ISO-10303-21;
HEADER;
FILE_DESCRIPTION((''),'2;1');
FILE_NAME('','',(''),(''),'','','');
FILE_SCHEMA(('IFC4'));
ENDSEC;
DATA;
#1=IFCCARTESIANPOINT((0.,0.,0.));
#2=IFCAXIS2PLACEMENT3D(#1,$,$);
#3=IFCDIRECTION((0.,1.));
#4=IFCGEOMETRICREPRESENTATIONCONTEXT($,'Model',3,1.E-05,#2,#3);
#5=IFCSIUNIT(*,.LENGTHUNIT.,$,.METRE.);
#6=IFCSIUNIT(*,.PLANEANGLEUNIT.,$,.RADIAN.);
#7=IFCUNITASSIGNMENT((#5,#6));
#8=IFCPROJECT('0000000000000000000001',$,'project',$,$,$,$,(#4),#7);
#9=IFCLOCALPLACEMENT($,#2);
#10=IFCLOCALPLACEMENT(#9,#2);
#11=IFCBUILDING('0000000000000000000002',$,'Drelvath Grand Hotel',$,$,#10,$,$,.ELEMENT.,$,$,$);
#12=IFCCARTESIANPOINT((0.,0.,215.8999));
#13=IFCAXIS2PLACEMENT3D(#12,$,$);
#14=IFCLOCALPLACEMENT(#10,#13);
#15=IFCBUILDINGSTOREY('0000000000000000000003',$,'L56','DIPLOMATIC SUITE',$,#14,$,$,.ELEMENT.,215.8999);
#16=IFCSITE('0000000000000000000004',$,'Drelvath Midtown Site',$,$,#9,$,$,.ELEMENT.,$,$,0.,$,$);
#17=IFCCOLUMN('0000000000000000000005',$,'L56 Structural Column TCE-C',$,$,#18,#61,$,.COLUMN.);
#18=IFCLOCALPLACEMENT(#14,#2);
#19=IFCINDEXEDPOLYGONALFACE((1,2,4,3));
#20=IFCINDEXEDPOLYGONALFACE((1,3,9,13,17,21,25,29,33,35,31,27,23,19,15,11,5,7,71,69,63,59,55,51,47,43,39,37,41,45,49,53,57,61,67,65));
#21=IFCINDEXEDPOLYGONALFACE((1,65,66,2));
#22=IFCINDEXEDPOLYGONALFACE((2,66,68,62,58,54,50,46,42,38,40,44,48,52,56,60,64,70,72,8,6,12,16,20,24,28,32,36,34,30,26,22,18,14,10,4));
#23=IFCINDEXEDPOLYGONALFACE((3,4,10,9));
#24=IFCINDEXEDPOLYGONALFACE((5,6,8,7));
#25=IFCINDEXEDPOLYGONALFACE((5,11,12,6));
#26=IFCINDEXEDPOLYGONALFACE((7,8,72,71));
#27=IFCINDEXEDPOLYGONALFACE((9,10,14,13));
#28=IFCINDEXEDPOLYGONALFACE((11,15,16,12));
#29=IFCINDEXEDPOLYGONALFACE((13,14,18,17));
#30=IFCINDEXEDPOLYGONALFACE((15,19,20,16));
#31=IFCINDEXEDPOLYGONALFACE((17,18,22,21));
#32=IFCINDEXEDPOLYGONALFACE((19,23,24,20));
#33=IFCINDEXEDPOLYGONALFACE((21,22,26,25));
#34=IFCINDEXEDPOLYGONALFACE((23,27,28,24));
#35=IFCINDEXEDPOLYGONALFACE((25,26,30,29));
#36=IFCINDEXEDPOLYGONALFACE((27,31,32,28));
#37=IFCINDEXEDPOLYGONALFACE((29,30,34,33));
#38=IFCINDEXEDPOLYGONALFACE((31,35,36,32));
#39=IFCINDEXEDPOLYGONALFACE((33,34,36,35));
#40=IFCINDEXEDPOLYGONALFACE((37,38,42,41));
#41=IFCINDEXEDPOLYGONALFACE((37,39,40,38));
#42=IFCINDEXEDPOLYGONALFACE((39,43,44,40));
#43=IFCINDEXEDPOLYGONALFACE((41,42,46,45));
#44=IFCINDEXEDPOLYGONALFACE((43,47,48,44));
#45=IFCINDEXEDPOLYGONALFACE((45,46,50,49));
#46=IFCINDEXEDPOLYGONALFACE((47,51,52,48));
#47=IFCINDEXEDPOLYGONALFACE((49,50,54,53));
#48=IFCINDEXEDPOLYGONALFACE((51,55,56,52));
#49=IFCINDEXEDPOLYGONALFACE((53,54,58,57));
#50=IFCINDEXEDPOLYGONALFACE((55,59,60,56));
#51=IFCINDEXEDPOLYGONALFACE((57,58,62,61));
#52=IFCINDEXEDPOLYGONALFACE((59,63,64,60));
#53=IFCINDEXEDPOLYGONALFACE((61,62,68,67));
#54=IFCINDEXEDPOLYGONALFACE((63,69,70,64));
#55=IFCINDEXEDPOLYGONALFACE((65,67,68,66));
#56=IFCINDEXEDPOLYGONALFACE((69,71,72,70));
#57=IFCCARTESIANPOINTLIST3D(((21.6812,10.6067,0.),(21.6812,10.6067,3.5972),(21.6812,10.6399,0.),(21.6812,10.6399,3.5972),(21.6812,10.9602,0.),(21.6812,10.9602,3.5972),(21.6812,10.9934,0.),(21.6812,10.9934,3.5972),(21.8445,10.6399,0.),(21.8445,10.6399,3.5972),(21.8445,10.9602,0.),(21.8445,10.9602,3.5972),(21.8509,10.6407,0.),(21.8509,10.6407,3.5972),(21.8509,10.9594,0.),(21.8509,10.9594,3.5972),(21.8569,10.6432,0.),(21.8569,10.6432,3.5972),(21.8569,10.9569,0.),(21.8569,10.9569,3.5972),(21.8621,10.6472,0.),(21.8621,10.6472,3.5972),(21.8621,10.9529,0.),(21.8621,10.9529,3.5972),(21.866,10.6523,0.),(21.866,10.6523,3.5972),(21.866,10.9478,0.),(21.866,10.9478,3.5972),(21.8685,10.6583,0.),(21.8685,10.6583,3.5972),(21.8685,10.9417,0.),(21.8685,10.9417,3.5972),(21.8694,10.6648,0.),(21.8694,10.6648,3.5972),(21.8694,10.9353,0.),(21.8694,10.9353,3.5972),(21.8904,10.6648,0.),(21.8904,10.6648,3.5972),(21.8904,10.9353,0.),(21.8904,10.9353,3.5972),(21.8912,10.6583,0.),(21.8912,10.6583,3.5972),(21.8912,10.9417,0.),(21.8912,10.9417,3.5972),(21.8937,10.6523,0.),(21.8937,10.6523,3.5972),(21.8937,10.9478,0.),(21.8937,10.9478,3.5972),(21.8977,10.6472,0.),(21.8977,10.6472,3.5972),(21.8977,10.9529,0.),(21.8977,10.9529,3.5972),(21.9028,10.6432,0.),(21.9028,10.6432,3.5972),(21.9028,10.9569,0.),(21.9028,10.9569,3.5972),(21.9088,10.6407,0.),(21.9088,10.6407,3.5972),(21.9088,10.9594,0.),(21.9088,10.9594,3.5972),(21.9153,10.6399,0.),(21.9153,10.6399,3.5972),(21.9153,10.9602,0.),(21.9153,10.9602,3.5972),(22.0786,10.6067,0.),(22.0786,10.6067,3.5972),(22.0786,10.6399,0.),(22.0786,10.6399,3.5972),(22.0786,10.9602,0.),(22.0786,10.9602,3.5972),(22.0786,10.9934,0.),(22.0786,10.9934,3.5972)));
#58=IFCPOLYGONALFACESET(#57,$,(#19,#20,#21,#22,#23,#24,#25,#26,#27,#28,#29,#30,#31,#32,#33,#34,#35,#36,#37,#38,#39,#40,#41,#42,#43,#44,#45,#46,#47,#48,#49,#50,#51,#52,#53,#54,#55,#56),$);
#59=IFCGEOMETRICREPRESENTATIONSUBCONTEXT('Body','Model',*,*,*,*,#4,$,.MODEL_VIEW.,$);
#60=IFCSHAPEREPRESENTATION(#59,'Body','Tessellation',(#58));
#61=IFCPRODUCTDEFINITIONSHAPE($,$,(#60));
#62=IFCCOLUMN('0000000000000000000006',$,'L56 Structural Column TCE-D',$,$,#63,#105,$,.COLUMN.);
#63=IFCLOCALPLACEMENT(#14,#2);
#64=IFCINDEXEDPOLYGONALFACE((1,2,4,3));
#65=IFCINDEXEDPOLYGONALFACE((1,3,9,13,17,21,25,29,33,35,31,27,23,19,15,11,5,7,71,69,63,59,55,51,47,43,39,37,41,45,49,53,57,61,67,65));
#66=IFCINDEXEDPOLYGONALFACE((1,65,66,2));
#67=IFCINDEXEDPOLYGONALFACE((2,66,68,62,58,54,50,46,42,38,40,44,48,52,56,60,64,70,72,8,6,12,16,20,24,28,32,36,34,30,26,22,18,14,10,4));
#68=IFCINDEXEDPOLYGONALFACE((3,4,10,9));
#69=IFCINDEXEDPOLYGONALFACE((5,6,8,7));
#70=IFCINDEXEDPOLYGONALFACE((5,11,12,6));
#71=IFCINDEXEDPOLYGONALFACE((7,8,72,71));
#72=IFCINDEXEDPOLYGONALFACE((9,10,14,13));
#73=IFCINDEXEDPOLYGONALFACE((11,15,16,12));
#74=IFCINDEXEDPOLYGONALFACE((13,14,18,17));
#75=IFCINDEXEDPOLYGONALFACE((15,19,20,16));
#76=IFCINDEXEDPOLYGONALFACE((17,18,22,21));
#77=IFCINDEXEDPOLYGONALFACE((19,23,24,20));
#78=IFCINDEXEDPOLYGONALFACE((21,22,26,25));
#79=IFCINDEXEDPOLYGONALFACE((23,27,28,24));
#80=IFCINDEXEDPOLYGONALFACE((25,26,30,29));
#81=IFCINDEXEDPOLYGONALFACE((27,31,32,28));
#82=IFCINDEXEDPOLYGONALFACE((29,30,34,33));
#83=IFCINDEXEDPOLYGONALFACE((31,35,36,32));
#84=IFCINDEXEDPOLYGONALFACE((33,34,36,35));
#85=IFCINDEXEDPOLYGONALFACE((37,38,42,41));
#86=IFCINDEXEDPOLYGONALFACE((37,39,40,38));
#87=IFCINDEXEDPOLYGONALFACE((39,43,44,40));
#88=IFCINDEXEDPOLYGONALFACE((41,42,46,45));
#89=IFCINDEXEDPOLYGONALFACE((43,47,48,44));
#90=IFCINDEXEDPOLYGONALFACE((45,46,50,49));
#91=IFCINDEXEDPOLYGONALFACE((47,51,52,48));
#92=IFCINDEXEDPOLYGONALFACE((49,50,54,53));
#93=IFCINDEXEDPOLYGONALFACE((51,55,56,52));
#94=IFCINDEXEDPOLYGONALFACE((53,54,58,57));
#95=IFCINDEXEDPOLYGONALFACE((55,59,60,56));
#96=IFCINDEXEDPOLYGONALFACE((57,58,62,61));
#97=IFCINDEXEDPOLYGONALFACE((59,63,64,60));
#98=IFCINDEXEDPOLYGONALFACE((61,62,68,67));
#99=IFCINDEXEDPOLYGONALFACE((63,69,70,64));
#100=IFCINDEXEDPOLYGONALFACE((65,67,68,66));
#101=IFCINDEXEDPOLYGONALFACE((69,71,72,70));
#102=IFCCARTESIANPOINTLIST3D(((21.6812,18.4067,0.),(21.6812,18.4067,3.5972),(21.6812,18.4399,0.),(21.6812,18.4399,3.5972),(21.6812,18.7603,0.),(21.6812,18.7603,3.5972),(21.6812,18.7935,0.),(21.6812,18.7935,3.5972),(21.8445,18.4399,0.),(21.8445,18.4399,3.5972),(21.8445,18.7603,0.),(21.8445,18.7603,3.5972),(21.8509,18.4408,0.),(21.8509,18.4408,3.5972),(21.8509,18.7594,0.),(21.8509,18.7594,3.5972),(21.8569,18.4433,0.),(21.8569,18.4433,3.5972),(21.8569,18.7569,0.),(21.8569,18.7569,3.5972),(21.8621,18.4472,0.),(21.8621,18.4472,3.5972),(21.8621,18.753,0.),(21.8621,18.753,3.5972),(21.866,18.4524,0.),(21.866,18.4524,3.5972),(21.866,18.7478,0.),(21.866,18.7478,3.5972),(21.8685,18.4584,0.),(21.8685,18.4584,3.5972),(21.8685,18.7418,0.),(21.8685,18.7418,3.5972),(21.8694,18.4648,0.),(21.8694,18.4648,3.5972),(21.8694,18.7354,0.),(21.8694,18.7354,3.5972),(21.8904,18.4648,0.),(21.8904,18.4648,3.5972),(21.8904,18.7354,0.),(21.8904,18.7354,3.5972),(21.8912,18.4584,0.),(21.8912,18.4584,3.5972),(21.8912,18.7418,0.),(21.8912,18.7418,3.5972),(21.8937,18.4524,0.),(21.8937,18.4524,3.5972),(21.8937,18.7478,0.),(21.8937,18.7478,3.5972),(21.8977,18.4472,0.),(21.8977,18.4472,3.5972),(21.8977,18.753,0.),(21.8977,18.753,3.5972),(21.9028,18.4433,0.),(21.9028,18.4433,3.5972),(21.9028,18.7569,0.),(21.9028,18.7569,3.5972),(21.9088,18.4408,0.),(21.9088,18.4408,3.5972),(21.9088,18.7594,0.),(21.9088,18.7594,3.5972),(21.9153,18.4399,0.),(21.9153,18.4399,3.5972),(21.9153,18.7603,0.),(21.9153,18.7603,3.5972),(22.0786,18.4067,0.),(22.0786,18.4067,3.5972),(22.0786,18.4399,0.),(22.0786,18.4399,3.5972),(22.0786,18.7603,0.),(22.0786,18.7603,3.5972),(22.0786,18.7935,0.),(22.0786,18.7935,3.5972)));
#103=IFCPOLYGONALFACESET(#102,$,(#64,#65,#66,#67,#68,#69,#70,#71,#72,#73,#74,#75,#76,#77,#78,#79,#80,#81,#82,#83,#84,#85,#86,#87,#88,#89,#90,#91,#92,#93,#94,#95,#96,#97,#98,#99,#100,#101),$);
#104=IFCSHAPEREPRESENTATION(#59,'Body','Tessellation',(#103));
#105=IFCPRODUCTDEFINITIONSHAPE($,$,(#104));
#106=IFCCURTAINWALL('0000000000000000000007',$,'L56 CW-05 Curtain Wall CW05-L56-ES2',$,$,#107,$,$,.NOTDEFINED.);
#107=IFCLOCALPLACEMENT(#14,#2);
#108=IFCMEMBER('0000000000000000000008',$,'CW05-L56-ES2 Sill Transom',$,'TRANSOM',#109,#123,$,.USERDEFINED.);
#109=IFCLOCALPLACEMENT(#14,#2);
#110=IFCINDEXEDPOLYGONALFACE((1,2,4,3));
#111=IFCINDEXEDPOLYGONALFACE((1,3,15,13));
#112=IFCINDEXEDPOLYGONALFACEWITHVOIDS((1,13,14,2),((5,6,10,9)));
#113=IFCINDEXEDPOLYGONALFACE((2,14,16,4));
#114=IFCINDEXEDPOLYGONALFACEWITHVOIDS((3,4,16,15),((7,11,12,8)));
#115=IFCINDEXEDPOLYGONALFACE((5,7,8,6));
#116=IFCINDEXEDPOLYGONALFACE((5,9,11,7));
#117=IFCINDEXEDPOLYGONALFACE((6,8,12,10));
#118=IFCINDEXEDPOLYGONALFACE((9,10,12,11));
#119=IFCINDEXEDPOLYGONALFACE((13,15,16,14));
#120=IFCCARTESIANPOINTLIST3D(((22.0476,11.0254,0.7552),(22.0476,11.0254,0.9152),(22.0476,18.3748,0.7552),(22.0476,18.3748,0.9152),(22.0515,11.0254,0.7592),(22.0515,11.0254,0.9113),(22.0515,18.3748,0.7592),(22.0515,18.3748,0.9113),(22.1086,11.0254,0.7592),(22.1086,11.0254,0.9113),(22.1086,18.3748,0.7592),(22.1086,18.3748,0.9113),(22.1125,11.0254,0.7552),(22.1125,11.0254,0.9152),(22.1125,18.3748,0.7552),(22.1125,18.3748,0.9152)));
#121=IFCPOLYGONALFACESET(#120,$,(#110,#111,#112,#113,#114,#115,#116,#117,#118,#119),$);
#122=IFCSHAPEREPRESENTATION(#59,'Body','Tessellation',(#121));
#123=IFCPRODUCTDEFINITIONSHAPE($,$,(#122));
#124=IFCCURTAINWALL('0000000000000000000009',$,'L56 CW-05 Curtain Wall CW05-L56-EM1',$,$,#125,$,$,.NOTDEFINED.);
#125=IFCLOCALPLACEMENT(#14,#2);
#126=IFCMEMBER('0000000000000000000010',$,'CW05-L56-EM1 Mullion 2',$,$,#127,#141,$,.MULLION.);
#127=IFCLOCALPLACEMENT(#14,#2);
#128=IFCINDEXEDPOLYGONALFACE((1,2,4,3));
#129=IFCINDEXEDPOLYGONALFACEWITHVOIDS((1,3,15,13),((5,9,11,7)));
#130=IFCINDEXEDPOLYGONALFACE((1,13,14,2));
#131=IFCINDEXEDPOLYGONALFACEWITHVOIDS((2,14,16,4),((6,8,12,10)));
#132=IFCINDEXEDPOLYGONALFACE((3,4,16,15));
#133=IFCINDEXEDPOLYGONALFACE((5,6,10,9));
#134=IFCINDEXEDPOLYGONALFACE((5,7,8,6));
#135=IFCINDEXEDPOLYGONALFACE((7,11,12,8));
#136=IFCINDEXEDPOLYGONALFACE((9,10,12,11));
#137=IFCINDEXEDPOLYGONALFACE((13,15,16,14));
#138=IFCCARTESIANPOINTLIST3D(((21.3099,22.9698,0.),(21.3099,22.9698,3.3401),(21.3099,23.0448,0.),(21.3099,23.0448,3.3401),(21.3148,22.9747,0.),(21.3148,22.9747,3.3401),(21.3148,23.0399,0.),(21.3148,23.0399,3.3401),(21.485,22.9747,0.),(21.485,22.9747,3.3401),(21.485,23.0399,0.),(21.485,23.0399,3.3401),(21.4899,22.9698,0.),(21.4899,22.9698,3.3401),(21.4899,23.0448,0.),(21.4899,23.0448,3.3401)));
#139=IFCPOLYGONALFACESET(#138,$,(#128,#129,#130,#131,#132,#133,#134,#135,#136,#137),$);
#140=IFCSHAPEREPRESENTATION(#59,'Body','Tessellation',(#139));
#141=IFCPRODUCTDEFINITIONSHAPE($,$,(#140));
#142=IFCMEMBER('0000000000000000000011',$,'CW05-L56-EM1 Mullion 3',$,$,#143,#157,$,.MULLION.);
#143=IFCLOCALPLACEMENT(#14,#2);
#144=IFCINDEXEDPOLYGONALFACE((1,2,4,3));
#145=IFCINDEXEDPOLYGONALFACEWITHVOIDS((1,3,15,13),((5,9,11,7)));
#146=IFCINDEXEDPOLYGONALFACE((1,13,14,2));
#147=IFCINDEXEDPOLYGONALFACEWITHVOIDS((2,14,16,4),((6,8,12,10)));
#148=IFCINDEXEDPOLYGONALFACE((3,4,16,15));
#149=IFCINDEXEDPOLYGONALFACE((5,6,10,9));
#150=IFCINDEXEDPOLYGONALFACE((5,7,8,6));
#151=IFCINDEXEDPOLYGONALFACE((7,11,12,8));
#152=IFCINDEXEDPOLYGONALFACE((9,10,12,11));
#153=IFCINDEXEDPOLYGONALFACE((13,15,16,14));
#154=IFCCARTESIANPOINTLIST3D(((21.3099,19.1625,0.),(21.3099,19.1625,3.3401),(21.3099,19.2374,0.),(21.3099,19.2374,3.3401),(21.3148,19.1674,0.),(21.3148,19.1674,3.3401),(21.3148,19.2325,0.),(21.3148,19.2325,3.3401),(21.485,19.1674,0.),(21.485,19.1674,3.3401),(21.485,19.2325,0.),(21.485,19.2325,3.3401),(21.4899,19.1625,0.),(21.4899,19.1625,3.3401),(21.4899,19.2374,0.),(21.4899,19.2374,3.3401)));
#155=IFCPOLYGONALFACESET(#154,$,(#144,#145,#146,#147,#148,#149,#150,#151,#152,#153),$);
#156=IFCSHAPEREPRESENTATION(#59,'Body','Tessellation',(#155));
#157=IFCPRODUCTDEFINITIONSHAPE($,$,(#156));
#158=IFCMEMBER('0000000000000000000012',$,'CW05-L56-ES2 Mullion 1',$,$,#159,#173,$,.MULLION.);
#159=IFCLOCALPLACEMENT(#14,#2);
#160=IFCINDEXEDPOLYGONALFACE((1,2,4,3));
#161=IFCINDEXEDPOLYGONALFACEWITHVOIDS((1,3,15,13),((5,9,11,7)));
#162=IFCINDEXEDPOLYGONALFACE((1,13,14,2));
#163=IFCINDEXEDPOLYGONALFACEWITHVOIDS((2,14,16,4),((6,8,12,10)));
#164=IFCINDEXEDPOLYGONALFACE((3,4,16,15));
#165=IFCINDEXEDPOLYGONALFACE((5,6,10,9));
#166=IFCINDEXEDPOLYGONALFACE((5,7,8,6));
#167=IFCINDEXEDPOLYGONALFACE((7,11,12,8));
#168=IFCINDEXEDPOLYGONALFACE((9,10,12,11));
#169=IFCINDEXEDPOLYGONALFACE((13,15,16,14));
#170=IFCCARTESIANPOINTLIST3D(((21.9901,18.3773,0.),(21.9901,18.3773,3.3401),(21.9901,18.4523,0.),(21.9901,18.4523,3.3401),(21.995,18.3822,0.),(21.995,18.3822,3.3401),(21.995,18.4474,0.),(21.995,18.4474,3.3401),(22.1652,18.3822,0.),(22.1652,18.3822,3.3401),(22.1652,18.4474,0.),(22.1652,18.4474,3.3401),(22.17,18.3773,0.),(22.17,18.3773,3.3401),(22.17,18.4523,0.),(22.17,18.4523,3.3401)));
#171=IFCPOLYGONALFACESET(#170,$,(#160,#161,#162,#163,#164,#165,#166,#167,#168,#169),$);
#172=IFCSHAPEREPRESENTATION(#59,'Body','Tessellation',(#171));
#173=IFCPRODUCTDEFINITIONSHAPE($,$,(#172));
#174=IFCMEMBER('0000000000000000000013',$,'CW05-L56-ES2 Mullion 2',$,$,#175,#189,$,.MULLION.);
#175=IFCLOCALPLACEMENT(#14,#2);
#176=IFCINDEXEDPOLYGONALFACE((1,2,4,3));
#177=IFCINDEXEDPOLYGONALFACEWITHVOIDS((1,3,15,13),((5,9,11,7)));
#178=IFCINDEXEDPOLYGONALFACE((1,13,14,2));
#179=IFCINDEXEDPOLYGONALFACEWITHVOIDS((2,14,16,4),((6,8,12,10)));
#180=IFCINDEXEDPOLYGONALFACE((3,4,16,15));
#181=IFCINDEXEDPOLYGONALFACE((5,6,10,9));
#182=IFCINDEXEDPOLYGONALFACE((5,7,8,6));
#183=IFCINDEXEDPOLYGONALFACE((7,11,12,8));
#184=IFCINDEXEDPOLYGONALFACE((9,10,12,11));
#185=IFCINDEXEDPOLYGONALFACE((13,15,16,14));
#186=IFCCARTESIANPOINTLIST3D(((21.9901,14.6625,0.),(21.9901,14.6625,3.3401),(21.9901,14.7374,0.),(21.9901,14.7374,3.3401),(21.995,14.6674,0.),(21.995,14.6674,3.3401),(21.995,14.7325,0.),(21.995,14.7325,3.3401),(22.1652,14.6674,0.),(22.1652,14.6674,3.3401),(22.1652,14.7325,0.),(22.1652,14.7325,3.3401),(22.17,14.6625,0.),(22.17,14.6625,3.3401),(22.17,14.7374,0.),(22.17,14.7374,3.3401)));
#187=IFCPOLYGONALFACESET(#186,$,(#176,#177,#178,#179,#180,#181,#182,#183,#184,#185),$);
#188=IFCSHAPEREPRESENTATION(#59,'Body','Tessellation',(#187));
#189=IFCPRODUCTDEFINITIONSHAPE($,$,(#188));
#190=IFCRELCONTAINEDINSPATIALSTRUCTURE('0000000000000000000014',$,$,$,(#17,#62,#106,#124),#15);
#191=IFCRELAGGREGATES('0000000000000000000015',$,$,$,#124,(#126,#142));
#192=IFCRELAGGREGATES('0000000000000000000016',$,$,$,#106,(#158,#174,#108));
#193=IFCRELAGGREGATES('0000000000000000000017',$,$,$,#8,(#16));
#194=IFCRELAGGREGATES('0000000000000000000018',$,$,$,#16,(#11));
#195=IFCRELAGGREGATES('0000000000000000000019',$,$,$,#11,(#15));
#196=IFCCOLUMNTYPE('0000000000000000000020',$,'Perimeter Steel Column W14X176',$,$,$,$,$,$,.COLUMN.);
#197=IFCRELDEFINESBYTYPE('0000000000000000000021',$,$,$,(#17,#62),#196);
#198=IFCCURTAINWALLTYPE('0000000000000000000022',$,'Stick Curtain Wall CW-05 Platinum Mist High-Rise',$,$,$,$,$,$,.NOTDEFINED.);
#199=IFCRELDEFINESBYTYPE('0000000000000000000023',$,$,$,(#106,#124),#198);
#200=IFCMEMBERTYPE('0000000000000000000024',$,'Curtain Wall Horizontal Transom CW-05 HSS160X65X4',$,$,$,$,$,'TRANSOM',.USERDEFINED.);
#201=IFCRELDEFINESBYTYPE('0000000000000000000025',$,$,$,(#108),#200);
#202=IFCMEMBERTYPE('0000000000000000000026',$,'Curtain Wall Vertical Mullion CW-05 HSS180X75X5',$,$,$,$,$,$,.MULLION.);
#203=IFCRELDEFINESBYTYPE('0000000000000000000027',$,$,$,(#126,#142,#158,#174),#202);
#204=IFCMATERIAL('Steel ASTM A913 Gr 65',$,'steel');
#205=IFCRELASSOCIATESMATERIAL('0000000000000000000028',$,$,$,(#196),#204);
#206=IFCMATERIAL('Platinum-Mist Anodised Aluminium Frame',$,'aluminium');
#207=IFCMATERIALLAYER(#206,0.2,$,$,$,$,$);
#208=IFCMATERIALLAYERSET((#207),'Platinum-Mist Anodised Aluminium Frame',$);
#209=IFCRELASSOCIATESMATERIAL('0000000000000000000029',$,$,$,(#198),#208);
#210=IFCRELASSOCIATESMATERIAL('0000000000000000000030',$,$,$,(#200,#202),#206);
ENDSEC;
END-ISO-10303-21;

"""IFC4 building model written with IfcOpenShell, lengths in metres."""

from ifc_helpers import new_model, si_unit, direction, frame, origin, origin_2d, place, context, subcontext, project, spatial, hollow_rectangle, i_section, extrude, material, layer, layer_set, material_profile, profile_set, type_object, element, aggregate, save


model = new_model("IFC4")

# Units and contexts
model_context = context("Model", 3, precision=1e-05, world=origin(), true_north=direction((0.0, 1.0)))
body_context = subcontext(model_context, "Body", "Model", "MODEL_VIEW")
ifc_project = project(units=[si_unit("LENGTHUNIT", "METRE"), si_unit("PLANEANGLEUNIT", "RADIAN")], contexts=[model_context])

# Site, building, storey
site_placement = place(None, origin())
site = spatial("IfcSite", under=ifc_project, at=site_placement, Name="Drelvath Midtown Site", CompositionType="ELEMENT", RefElevation=0.0)
building_placement = place(site_placement, origin())
building = spatial("IfcBuilding", under=site, at=building_placement, Name="Drelvath Grand Hotel", CompositionType="ELEMENT")
storey_placement = place(building_placement, frame((0.0, 0.0, 215.8999)))
storey = spatial("IfcBuildingStorey", under=building, at=storey_placement, Name="L56", Description="DIPLOMATIC SUITE", CompositionType="ELEMENT", Elevation=215.8999)

# Columns
ifc_material_1 = material(Name="Steel ASTM A913 Gr 65", Category="steel")
ifc_material_profile_1 = material_profile(ifc_material_1, i_section(OverallWidth=0.3975, OverallDepth=0.3867, WebThickness=0.021, FlangeThickness=0.0332, FilletRadius=0.0249, at=origin_2d()), Name="W14X176")
ifc_profile_set_1 = profile_set([ifc_material_profile_1], Name="Steel ASTM A913 Gr 65")
column_type = type_object("IfcColumnType", Name="Perimeter Steel Column W14X176", PredefinedType="COLUMN", material=ifc_profile_set_1)
for number, where, z_axis, x_axis, name in (
    (1, (21.8799, 10.8, 0.0), (0.0, 0.0, 1.0), (1.0, 0.0, 0.0), "L56 Structural Column TCE-C"),
    (2, (21.8799, 18.6001, 0.0), (0.0, 0.0, 1.0), (1.0, 0.0, 0.0), "L56 Structural Column TCE-D"),
):
    element("IfcColumn", number, at=place(storey_placement, frame(where, z_axis=z_axis, x_axis=x_axis)), inside=storey, type_object=column_type, Name=name, PredefinedType="COLUMN", context=body_context, shape_type="SweptSolid", body=[
        extrude(i_section(OverallWidth=0.3975, OverallDepth=0.3867, WebThickness=0.021, FlangeThickness=0.0332, FilletRadius=0.0249, at=origin_2d()), origin(), (0.0, 0.0, 1.0), 3.5972),
    ])

# Curtain wall, member
ifc_material_2 = material(Name="Platinum-Mist Anodised Aluminium Frame", Category="aluminium")
ifc_layer_1 = layer(ifc_material_2, 0.2)
ifc_layer_set_1 = layer_set([ifc_layer_1], Name="Platinum-Mist Anodised Aluminium Frame")
curtain_wall_type = type_object("IfcCurtainWallType", Name="Stick Curtain Wall CW-05 Platinum Mist High-Rise", PredefinedType="NOTDEFINED", material=ifc_layer_set_1)
curtain_wall_1_placement = place(storey_placement, origin())
curtain_wall_1 = element("IfcCurtainWall", 3, at=curtain_wall_1_placement, inside=storey, type_object=curtain_wall_type, Name="L56 CW-05 Curtain Wall CW05-L56-ES2", PredefinedType="NOTDEFINED")
ifc_material_profile_2 = material_profile(ifc_material_2, hollow_rectangle(XDim=0.0649, YDim=0.1599, WallThickness=0.0039, at=origin_2d()), Name="HSS160X65X4")
ifc_profile_set_2 = profile_set([ifc_material_profile_2], Name="Platinum-Mist Anodised Aluminium Frame")
member_type_1 = type_object("IfcMemberType", Name="Curtain Wall Horizontal Transom CW-05 HSS160X65X4", ElementType="TRANSOM", PredefinedType="USERDEFINED", material=ifc_profile_set_2)
member_1_placement = place(storey_placement, frame((22.0801, 18.3748, 0.8352), z_axis=(0.0, -1.0, 0.0), x_axis=(1.0, 0.0, 0.0)))
member_1 = element("IfcMember", 4, at=member_1_placement, type_object=member_type_1, Name="CW05-L56-ES2 Sill Transom", ObjectType="TRANSOM", PredefinedType="USERDEFINED", context=body_context, shape_type="SweptSolid", body=[
    extrude(hollow_rectangle(XDim=0.0649, YDim=0.1599, WallThickness=0.0039, at=origin_2d()), origin(), (0.0, 0.0, 1.0), 7.3494),
])

# Curtain wall, members
curtain_wall_2_placement = place(storey_placement, origin())
curtain_wall_2 = element("IfcCurtainWall", 5, at=curtain_wall_2_placement, inside=storey, type_object=curtain_wall_type, Name="L56 CW-05 Curtain Wall CW05-L56-EM1", PredefinedType="NOTDEFINED")
ifc_material_profile_3 = material_profile(ifc_material_2, hollow_rectangle(XDim=0.075, YDim=0.1799, WallThickness=0.0049, at=origin_2d()), Name="HSS180X75X5")
ifc_profile_set_3 = profile_set([ifc_material_profile_3], Name="Platinum-Mist Anodised Aluminium Frame")
member_type_2 = type_object("IfcMemberType", Name="Curtain Wall Vertical Mullion CW-05 HSS180X75X5", PredefinedType="MULLION", material=ifc_profile_set_3)
member_2_placement = place(storey_placement, frame((21.3999, 23.0073, 0.0), z_axis=(0.0, 0.0, 1.0), x_axis=(0.0, 1.0, 0.0)))
member_2 = element("IfcMember", 6, at=member_2_placement, type_object=member_type_2, Name="CW05-L56-EM1 Mullion 2", PredefinedType="MULLION", context=body_context, shape_type="SweptSolid", body=[
    extrude(hollow_rectangle(XDim=0.075, YDim=0.1799, WallThickness=0.0049, at=origin_2d()), origin(), (0.0, 0.0, 1.0), 3.3401),
])
member_3_placement = place(storey_placement, frame((21.3999, 19.2, 0.0), z_axis=(0.0, 0.0, 1.0), x_axis=(0.0, 1.0, 0.0)))
member_3 = element("IfcMember", 7, at=member_3_placement, type_object=member_type_2, Name="CW05-L56-EM1 Mullion 3", PredefinedType="MULLION", context=body_context, shape_type="SweptSolid", body=[
    extrude(hollow_rectangle(XDim=0.075, YDim=0.1799, WallThickness=0.0049, at=origin_2d()), origin(), (0.0, 0.0, 1.0), 3.3401),
])

# Members
member_4_placement = place(storey_placement, frame((22.0801, 18.4148, 0.0), z_axis=(0.0, 0.0, 1.0), x_axis=(0.0, 1.0, 0.0)))
member_4 = element("IfcMember", 8, at=member_4_placement, type_object=member_type_2, Name="CW05-L56-ES2 Mullion 1", PredefinedType="MULLION", context=body_context, shape_type="SweptSolid", body=[
    extrude(hollow_rectangle(XDim=0.075, YDim=0.1799, WallThickness=0.0049, at=origin_2d()), origin(), (0.0, 0.0, 1.0), 3.3401),
])
member_5_placement = place(storey_placement, frame((22.0801, 14.7, 0.0), z_axis=(0.0, 0.0, 1.0), x_axis=(0.0, 1.0, 0.0)))
member_5 = element("IfcMember", 9, at=member_5_placement, type_object=member_type_2, Name="CW05-L56-ES2 Mullion 2", PredefinedType="MULLION", context=body_context, shape_type="SweptSolid", body=[
    extrude(hollow_rectangle(XDim=0.075, YDim=0.1799, WallThickness=0.0049, at=origin_2d()), origin(), (0.0, 0.0, 1.0), 3.3401),
])

aggregate(curtain_wall_2, [member_2, member_3])
aggregate(curtain_wall_1, [member_4, member_5, member_1])

save(model, "model.ifc")
